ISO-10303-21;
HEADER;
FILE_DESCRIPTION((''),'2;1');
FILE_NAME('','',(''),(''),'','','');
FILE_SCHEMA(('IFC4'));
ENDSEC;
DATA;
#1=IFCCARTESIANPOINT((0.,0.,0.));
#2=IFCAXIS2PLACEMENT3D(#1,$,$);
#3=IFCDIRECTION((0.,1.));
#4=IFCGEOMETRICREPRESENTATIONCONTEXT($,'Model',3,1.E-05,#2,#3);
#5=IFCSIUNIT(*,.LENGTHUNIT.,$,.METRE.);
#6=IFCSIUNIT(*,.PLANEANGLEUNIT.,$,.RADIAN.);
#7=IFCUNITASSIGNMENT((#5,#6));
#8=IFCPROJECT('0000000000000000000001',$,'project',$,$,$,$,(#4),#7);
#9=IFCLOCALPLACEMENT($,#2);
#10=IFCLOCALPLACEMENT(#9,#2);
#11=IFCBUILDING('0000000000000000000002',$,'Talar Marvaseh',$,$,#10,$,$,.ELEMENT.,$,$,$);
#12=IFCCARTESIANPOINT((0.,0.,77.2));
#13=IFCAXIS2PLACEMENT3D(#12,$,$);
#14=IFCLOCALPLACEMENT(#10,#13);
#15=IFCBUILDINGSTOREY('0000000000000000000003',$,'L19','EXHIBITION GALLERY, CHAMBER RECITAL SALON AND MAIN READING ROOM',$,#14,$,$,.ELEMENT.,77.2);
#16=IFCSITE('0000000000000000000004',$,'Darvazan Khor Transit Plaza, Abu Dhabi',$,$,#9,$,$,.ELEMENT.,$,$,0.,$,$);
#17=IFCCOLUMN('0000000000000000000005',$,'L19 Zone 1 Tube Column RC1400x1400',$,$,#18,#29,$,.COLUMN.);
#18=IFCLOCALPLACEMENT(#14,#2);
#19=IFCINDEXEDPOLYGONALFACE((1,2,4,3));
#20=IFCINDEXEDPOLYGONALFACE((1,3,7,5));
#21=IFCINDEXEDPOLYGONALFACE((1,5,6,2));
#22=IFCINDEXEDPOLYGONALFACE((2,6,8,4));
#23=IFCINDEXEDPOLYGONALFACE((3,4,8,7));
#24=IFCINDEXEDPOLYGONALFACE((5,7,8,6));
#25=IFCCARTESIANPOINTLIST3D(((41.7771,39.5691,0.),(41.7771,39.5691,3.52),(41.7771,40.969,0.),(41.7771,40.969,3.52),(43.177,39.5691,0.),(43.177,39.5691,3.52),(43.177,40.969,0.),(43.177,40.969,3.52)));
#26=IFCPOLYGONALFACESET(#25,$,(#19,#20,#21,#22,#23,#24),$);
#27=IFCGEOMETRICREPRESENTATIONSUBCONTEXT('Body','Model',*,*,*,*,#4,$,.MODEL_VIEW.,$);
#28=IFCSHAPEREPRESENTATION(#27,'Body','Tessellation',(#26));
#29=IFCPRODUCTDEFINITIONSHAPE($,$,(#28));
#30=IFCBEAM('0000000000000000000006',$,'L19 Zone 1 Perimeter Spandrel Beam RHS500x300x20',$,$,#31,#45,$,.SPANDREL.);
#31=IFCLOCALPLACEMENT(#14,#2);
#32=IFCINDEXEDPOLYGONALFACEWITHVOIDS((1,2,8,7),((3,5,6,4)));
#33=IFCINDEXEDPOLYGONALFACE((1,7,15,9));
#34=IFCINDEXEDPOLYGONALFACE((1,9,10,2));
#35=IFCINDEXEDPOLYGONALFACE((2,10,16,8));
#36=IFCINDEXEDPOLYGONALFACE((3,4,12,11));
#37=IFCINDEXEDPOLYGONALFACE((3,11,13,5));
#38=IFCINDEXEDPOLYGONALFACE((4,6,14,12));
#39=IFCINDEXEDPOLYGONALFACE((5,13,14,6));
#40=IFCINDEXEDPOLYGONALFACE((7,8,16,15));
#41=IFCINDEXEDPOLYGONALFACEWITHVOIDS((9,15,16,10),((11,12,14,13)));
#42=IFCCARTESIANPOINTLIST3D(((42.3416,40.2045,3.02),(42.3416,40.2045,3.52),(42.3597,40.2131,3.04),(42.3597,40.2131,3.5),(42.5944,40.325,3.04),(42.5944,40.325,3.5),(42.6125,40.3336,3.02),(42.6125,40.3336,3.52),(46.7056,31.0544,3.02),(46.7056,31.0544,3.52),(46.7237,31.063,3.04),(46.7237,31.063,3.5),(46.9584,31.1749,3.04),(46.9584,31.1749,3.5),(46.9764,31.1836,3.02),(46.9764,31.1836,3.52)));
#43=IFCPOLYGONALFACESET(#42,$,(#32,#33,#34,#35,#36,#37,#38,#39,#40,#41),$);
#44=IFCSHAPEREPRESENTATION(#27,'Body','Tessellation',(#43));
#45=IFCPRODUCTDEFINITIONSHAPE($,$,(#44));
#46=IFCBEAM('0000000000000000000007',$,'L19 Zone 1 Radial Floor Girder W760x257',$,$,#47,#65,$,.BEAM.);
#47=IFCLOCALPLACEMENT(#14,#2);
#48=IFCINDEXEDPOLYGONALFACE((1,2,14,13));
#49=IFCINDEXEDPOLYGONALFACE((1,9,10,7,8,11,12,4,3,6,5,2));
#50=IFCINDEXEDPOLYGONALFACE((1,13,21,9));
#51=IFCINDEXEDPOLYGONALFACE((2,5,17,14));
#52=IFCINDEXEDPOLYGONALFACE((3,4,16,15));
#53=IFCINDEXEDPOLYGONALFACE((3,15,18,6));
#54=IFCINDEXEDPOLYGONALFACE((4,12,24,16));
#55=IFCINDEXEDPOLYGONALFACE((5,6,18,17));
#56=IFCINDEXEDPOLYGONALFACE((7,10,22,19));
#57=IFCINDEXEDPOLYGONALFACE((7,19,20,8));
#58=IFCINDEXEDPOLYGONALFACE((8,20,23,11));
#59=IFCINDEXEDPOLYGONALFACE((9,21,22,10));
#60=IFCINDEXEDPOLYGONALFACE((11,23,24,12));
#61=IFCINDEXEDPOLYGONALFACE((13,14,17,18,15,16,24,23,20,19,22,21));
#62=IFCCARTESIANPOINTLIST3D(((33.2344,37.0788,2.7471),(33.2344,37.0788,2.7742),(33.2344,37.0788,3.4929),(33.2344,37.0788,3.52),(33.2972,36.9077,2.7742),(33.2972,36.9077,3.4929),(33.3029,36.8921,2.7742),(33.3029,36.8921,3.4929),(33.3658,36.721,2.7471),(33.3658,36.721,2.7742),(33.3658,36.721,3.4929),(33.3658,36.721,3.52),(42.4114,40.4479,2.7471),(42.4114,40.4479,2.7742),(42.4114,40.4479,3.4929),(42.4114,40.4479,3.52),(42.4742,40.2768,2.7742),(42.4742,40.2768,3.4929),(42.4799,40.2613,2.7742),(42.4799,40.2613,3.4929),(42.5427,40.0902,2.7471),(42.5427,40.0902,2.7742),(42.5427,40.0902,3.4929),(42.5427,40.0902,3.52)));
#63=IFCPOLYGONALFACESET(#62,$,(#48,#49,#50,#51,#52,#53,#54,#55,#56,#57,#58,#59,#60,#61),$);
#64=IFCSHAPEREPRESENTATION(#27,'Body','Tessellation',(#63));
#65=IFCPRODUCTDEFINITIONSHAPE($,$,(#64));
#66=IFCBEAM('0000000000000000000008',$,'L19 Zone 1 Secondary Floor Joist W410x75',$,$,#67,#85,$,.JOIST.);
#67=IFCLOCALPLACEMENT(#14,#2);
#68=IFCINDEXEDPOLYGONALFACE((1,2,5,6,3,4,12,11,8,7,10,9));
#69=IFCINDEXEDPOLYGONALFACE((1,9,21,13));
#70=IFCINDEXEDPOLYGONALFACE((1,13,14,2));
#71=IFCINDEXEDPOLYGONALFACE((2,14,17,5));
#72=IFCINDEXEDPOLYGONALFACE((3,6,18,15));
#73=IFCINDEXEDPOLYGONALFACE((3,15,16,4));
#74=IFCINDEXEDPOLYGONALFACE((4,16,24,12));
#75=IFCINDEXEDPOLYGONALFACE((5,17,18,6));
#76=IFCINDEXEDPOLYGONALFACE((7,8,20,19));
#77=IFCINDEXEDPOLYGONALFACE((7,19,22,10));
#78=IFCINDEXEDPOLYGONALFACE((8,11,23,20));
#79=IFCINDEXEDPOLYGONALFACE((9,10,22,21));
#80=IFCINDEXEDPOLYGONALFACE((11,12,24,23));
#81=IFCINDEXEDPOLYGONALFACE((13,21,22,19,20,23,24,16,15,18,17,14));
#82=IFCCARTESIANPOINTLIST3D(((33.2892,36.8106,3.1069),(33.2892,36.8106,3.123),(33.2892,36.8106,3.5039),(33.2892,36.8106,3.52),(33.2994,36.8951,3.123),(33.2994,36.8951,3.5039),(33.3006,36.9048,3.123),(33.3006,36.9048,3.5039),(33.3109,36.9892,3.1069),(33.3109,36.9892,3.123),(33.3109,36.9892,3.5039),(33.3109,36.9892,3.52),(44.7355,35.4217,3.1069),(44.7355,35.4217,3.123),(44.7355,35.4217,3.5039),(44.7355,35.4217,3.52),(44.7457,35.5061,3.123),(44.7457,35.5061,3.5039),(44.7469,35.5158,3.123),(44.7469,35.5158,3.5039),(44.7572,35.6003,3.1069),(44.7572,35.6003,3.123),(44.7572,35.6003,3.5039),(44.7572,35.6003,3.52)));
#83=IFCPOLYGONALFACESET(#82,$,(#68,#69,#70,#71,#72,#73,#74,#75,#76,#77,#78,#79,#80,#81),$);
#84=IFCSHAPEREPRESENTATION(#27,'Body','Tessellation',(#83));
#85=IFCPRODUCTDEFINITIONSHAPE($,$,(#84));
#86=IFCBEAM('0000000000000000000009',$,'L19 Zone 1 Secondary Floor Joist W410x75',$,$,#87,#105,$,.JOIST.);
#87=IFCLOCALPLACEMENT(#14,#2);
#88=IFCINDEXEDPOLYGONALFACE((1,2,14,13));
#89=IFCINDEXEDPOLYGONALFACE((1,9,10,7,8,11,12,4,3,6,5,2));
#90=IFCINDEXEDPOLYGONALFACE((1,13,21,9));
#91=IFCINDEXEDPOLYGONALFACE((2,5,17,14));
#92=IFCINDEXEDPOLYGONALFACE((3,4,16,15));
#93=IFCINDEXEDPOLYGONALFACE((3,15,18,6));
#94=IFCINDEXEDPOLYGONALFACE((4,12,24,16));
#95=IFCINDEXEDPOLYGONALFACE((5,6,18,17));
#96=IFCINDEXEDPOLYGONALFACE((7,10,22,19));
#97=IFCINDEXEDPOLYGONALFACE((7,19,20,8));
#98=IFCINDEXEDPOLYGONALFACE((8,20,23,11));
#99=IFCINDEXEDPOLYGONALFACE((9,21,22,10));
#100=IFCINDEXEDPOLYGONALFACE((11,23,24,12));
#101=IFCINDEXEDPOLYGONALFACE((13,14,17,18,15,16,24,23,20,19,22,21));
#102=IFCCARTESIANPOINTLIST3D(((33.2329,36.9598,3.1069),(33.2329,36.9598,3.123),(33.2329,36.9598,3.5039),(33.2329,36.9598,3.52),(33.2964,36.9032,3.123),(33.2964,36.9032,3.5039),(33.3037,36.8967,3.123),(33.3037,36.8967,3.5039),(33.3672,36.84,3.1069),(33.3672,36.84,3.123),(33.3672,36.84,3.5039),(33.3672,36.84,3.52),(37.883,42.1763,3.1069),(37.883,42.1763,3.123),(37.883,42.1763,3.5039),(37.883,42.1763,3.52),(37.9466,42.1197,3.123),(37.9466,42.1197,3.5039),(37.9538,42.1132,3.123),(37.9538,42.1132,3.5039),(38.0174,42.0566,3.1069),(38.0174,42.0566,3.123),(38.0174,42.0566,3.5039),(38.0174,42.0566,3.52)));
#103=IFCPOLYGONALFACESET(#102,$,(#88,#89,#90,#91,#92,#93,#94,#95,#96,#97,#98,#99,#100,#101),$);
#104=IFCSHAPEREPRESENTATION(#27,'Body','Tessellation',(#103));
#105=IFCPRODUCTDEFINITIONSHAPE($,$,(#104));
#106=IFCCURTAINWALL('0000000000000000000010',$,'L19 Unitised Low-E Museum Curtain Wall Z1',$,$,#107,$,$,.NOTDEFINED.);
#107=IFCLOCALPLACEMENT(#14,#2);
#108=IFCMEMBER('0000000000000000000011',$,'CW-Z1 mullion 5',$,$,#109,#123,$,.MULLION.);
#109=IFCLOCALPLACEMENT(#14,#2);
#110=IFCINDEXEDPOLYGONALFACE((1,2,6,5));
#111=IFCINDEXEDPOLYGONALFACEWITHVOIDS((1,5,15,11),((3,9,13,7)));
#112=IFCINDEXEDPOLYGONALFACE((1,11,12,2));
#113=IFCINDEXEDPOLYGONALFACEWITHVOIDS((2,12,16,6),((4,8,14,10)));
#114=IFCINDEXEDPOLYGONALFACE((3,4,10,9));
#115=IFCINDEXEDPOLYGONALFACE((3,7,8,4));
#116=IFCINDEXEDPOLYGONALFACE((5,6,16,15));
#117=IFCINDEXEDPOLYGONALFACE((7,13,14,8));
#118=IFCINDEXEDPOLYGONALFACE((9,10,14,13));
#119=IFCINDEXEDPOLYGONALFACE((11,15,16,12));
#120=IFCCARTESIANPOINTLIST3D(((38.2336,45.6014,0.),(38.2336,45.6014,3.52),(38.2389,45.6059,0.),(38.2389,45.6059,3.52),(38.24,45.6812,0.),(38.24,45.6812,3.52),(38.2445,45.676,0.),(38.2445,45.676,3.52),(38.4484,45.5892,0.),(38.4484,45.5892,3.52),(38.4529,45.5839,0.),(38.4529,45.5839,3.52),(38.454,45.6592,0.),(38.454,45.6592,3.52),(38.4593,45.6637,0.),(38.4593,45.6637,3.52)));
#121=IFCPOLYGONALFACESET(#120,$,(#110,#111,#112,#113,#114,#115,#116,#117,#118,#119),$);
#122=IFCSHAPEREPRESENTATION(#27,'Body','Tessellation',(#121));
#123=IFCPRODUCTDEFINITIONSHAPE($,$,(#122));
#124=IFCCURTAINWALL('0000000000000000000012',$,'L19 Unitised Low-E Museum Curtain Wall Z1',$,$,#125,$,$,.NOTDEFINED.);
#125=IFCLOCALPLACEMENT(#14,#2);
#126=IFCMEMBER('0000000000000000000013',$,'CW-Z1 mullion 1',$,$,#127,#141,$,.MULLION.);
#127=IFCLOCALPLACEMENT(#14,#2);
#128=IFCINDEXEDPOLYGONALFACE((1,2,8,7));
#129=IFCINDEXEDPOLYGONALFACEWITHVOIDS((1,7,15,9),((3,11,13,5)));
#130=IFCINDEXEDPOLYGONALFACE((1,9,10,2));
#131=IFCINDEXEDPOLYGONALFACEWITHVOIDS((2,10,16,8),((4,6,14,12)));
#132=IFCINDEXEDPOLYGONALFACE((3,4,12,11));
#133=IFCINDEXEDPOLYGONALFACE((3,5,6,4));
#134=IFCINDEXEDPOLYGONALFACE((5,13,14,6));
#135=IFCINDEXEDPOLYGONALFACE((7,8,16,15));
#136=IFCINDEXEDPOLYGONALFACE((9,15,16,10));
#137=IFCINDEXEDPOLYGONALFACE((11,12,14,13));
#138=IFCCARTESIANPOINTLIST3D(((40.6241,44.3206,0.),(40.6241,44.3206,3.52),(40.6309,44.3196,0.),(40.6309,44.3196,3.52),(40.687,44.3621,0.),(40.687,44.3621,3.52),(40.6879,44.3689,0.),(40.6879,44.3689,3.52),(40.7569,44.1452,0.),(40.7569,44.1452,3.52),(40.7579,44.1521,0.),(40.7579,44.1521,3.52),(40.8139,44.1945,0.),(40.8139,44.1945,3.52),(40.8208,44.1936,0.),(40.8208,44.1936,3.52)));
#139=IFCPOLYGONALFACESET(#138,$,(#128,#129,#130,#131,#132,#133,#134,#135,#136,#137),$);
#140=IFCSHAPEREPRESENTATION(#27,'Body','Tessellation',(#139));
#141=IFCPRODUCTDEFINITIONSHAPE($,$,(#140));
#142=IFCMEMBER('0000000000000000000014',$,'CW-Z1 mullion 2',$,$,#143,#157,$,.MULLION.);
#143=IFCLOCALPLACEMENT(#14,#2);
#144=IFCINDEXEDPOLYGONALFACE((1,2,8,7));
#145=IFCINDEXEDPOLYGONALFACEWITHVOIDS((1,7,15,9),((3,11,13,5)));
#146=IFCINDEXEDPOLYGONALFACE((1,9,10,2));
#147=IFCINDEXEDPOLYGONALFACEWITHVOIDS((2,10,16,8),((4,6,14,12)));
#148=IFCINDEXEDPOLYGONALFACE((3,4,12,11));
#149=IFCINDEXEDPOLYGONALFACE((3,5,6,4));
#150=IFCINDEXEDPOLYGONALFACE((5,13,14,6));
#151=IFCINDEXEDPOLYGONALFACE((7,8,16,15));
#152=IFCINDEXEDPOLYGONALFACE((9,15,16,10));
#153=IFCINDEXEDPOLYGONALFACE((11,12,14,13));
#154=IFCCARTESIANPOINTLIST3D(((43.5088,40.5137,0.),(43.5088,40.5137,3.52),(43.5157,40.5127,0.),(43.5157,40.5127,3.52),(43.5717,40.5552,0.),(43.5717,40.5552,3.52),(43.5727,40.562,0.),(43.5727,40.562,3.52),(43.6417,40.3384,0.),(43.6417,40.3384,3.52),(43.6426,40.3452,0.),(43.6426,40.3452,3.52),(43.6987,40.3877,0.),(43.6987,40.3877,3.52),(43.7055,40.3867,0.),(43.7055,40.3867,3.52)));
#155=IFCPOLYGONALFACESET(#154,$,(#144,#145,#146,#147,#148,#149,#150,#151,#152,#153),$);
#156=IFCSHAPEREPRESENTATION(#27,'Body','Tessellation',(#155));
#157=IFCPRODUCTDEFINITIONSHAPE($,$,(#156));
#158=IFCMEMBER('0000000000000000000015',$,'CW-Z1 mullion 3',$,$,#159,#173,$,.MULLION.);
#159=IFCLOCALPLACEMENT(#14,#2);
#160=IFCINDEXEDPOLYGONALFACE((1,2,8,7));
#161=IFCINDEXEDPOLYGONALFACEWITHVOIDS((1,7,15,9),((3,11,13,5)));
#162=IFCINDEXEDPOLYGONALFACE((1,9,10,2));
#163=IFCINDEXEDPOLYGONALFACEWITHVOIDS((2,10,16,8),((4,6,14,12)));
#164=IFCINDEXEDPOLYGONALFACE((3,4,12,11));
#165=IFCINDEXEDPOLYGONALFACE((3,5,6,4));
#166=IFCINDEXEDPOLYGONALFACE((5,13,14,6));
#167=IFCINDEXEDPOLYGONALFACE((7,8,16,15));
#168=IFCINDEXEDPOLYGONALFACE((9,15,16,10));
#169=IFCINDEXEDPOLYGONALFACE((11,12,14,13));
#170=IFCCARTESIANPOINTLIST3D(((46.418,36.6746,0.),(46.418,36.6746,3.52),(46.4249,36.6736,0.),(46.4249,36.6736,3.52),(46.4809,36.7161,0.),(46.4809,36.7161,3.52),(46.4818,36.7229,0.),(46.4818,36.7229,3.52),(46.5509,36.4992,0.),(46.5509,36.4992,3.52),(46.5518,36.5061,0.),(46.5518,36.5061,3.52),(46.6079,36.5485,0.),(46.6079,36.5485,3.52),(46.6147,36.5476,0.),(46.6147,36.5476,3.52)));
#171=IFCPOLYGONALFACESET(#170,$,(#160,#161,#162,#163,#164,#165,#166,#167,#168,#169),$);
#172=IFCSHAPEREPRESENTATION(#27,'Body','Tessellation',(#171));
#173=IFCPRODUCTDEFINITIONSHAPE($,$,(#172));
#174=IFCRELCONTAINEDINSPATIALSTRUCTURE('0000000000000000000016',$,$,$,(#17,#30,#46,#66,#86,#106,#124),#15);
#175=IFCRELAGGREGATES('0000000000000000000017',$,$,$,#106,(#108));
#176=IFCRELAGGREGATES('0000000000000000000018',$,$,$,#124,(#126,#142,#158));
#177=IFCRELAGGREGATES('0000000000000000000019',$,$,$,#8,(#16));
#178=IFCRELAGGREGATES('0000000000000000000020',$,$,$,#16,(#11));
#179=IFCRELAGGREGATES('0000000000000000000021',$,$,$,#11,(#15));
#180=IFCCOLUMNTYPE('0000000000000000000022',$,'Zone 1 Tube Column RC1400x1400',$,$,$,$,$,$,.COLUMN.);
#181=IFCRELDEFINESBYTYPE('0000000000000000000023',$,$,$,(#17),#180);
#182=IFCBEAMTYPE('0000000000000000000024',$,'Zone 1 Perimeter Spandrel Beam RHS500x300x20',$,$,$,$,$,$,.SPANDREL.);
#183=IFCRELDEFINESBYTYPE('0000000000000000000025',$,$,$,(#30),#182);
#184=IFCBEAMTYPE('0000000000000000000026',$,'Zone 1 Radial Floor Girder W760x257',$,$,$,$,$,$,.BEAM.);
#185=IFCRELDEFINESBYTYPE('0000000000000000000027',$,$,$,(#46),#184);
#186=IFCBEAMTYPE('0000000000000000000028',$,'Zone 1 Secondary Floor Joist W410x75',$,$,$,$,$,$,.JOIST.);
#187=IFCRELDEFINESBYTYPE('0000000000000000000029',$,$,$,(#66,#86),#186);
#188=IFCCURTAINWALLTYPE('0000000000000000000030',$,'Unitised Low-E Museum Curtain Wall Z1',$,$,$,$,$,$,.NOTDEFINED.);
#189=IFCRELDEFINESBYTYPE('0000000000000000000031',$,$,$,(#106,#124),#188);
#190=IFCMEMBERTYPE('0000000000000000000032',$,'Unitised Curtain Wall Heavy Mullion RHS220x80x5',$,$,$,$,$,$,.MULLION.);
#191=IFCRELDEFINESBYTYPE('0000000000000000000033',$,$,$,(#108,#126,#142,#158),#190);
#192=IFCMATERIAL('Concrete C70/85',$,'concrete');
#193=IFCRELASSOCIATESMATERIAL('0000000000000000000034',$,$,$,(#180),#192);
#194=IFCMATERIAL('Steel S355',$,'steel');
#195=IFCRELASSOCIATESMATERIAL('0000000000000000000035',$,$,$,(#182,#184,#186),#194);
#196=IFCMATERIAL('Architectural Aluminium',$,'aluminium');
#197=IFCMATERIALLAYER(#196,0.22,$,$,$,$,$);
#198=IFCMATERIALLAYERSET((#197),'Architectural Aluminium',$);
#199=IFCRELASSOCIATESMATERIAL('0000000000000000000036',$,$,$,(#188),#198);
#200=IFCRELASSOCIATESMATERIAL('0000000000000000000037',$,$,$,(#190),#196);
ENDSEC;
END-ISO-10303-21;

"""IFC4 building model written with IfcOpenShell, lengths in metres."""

from ifc_helpers import new_model, si_unit, direction, frame, origin, origin_2d, place, context, subcontext, project, spatial, rectangle, hollow_rectangle, i_section, extrude, source, transform, mapped, material, layer, layer_set, material_profile, profile_set, type_object, type_shapes, element, aggregate, save


model = new_model("IFC4")

# Units and contexts
model_context = context("Model", 3, precision=1e-05, world=origin(), true_north=direction((0.0, 1.0)))
body_context = subcontext(model_context, "Body", "Model", "MODEL_VIEW")
ifc_project = project(units=[si_unit("LENGTHUNIT", "METRE"), si_unit("PLANEANGLEUNIT", "RADIAN")], contexts=[model_context])

# Site, building, storey
site_placement = place(None, origin())
site = spatial("IfcSite", under=ifc_project, at=site_placement, Name="Darvazan Khor Transit Plaza, Abu Dhabi", CompositionType="ELEMENT", RefElevation=0.0)
building_placement = place(site_placement, origin())
building = spatial("IfcBuilding", under=site, at=building_placement, Name="Talar Marvaseh", CompositionType="ELEMENT")
storey_placement = place(building_placement, frame((0.0, 0.0, 77.2)))
storey = spatial("IfcBuildingStorey", under=building, at=storey_placement, Name="L19", Description="EXHIBITION GALLERY, CHAMBER RECITAL SALON AND MAIN READING ROOM", CompositionType="ELEMENT", Elevation=77.2)

# Column
ifc_material_1 = material(Name="Concrete C70/85", Category="concrete")
ifc_material_profile_1 = material_profile(ifc_material_1, rectangle(XDim=1.3999, YDim=1.3999, at=origin_2d()), Name="RC1400x1400")
ifc_profile_set_1 = profile_set([ifc_material_profile_1], Name="Concrete C70/85")
column_type = type_object("IfcColumnType", Name="Zone 1 Tube Column RC1400x1400", PredefinedType="COLUMN", material=ifc_profile_set_1)
column_placement = place(storey_placement, frame((42.4771, 40.269, 0.0), z_axis=(0.0, 0.0, 1.0), x_axis=(1.0, 0.0, 0.0)))
element("IfcColumn", 1, at=column_placement, inside=storey, type_object=column_type, Name="L19 Zone 1 Tube Column RC1400x1400", PredefinedType="COLUMN", context=body_context, shape_type="SweptSolid", body=[
    extrude(rectangle(XDim=1.3999, YDim=1.3999, at=origin_2d()), origin(), (0.0, 0.0, 1.0), 3.52),
])

# Beams
ifc_material_2 = material(Name="Steel S355", Category="steel")
ifc_material_profile_2 = material_profile(ifc_material_2, hollow_rectangle(XDim=0.3, YDim=0.5, WallThickness=0.02, at=origin_2d()), Name="RHS500x300x20")
ifc_profile_set_2 = profile_set([ifc_material_profile_2], Name="Steel S355")
beam_type_1 = type_object("IfcBeamType", Name="Zone 1 Perimeter Spandrel Beam RHS500x300x20", PredefinedType="SPANDREL", material=ifc_profile_set_2)
beam_1_placement = place(storey_placement, frame((42.4771, 40.269, 3.27), z_axis=(0.43048, -0.9026, 0.0), x_axis=(0.9026, 0.43048, 0.0)))
element("IfcBeam", 2, at=beam_1_placement, inside=storey, type_object=beam_type_1, Name="L19 Zone 1 Perimeter Spandrel Beam RHS500x300x20", PredefinedType="SPANDREL", context=body_context, shape_type="SweptSolid", body=[
    extrude(hollow_rectangle(XDim=0.3, YDim=0.5, WallThickness=0.02, at=origin_2d()), origin(), (0.0, 0.0, 1.0), 10.1375),
])
ifc_material_profile_3 = material_profile(ifc_material_2, i_section(OverallWidth=0.3811, OverallDepth=0.7729, WebThickness=0.0166, FlangeThickness=0.0271, at=origin_2d()), Name="W760x257")
ifc_profile_set_3 = profile_set([ifc_material_profile_3], Name="Steel S355")
beam_type_2 = type_object("IfcBeamType", Name="Zone 1 Radial Floor Girder W760x257", PredefinedType="BEAM", material=ifc_profile_set_3)
beam_2_placement = place(storey_placement, frame((42.4771, 40.269, 3.1335), z_axis=(-0.938736, -0.344637, 0.0), x_axis=(0.344637, -0.938736, 0.0)))
element("IfcBeam", 3, at=beam_2_placement, inside=storey, type_object=beam_type_2, Name="L19 Zone 1 Radial Floor Girder W760x257", PredefinedType="BEAM", context=body_context, shape_type="SweptSolid", body=[
    extrude(i_section(OverallWidth=0.3811, OverallDepth=0.7729, WebThickness=0.0166, FlangeThickness=0.0271, at=origin_2d()), origin(), (0.0, 0.0, 1.0), 9.7759),
])
ifc_material_profile_4 = material_profile(ifc_material_2, i_section(OverallWidth=0.1799, OverallDepth=0.4131, WebThickness=0.0098, FlangeThickness=0.0161, at=origin_2d()), Name="W410x75")
ifc_profile_set_4 = profile_set([ifc_material_profile_4], Name="Steel S355")
beam_type_3 = type_object("IfcBeamType", Name="Zone 1 Secondary Floor Joist W410x75", PredefinedType="JOIST", material=ifc_profile_set_4)
beam_3_placement = place(storey_placement, frame((44.7463, 35.511, 3.3135), z_axis=(-0.992718, 0.120458, 0.0), x_axis=(-0.120458, -0.992718, 0.0)))
element("IfcBeam", 4, at=beam_3_placement, inside=storey, type_object=beam_type_3, Name="L19 Zone 1 Secondary Floor Joist W410x75", PredefinedType="JOIST", context=body_context, shape_type="SweptSolid", body=[
    extrude(i_section(OverallWidth=0.1799, OverallDepth=0.4131, WebThickness=0.0098, FlangeThickness=0.0161, at=origin_2d()), origin(), (0.0, 0.0, 1.0), 11.5303),
])
beam_4_placement = place(storey_placement, frame((37.9502, 42.1165, 3.3135), z_axis=(-0.665419, -0.74647, 0.0), x_axis=(0.74647, -0.665419, 0.0)))
element("IfcBeam", 5, at=beam_4_placement, inside=storey, type_object=beam_type_3, Name="L19 Zone 1 Secondary Floor Joist W410x75", PredefinedType="JOIST", context=body_context, shape_type="SweptSolid", body=[
    extrude(i_section(OverallWidth=0.1799, OverallDepth=0.4131, WebThickness=0.0098, FlangeThickness=0.0161, at=origin_2d()), origin(), (0.0, 0.0, 1.0), 6.9883),
])

# Curtain wall, member
ifc_material_3 = material(Name="Architectural Aluminium", Category="aluminium")
ifc_layer_1 = layer(ifc_material_3, 0.22)
ifc_layer_set_1 = layer_set([ifc_layer_1], Name="Architectural Aluminium")
curtain_wall_type = type_object("IfcCurtainWallType", Name="Unitised Low-E Museum Curtain Wall Z1", PredefinedType="NOTDEFINED", material=ifc_layer_set_1)
curtain_wall_1_placement = place(storey_placement, origin())
curtain_wall_1 = element("IfcCurtainWall", 6, at=curtain_wall_1_placement, inside=storey, type_object=curtain_wall_type, Name="L19 Unitised Low-E Museum Curtain Wall Z1", PredefinedType="NOTDEFINED")
ifc_material_profile_5 = material_profile(ifc_material_3, hollow_rectangle(XDim=0.0801, YDim=0.22, WallThickness=0.0049, at=origin_2d()), Name="RHS220x80x5")
ifc_profile_set_5 = profile_set([ifc_material_profile_5], Name="Architectural Aluminium")
member_type_1 = type_object("IfcMemberType", Name="Unitised Curtain Wall Heavy Mullion RHS220x80x5", PredefinedType="MULLION", material=ifc_profile_set_5)
shared_shape_1 = source(origin(), body_context, "Body", "SweptSolid", [
    extrude(hollow_rectangle(XDim=0.0801, YDim=0.22, WallThickness=0.0049, at=origin_2d()), origin(), (0.0, 0.0, 1.0), 3.52),
])
type_shapes(member_type_1, [shared_shape_1])
member_1_placement = place(storey_placement, frame((38.3464, 45.6326, 0.0), z_axis=(0.0, 0.0, 1.0), x_axis=(0.07964, 0.996824, 0.0)))
member_1 = element("IfcMember", 7, at=member_1_placement, type_object=member_type_1, Name="CW-Z1 mullion 5", PredefinedType="MULLION", context=body_context, shape_type="MappedRepresentation", body=[
    mapped(shared_shape_1, transform((0.0, 0.0, 0.0), x_axis=(1.0, 0.0, 0.0), y_axis=(0.0, 1.0, 0.0), z_axis=(0.0, 0.0, 1.0), scale=1.0)),
])
aggregate(curtain_wall_1, [member_1])

# Curtain wall, members
curtain_wall_2_placement = place(storey_placement, origin())
curtain_wall_2 = element("IfcCurtainWall", 8, at=curtain_wall_2_placement, inside=storey, type_object=curtain_wall_type, Name="L19 Unitised Low-E Museum Curtain Wall Z1", PredefinedType="NOTDEFINED")
member_2_placement = place(storey_placement, frame((40.7224, 44.2571, 0.0), z_axis=(0.0, 0.0, 1.0), x_axis=(0.797015, 0.603959, 0.0)))
member_2 = element("IfcMember", 9, at=member_2_placement, type_object=member_type_1, Name="CW-Z1 mullion 1", PredefinedType="MULLION", context=body_context, shape_type="MappedRepresentation", body=[
    mapped(shared_shape_1, transform((0.0, 0.0, 0.0), x_axis=(1.0, 0.0, 0.0), y_axis=(0.0, 1.0, 0.0), z_axis=(0.0, 0.0, 1.0), scale=1.0)),
])
member_3_placement = place(storey_placement, frame((43.6072, 40.4502, 0.0), z_axis=(0.0, 0.0, 1.0), x_axis=(0.797015, 0.603959, 0.0)))
member_3 = element("IfcMember", 10, at=member_3_placement, type_object=member_type_1, Name="CW-Z1 mullion 2", PredefinedType="MULLION", context=body_context, shape_type="MappedRepresentation", body=[
    mapped(shared_shape_1, transform((0.0, 0.0, 0.0), x_axis=(1.0, 0.0, 0.0), y_axis=(0.0, 1.0, 0.0), z_axis=(0.0, 0.0, 1.0), scale=1.0)),
])
member_4_placement = place(storey_placement, frame((46.5164, 36.6111, 0.0), z_axis=(0.0, 0.0, 1.0), x_axis=(0.797015, 0.603959, 0.0)))
member_4 = element("IfcMember", 11, at=member_4_placement, type_object=member_type_1, Name="CW-Z1 mullion 3", PredefinedType="MULLION", context=body_context, shape_type="MappedRepresentation", body=[
    mapped(shared_shape_1, transform((0.0, 0.0, 0.0), x_axis=(1.0, 0.0, 0.0), y_axis=(0.0, 1.0, 0.0), z_axis=(0.0, 0.0, 1.0), scale=1.0)),
])
aggregate(curtain_wall_2, [member_2, member_3, member_4])

save(model, "model.ifc")
